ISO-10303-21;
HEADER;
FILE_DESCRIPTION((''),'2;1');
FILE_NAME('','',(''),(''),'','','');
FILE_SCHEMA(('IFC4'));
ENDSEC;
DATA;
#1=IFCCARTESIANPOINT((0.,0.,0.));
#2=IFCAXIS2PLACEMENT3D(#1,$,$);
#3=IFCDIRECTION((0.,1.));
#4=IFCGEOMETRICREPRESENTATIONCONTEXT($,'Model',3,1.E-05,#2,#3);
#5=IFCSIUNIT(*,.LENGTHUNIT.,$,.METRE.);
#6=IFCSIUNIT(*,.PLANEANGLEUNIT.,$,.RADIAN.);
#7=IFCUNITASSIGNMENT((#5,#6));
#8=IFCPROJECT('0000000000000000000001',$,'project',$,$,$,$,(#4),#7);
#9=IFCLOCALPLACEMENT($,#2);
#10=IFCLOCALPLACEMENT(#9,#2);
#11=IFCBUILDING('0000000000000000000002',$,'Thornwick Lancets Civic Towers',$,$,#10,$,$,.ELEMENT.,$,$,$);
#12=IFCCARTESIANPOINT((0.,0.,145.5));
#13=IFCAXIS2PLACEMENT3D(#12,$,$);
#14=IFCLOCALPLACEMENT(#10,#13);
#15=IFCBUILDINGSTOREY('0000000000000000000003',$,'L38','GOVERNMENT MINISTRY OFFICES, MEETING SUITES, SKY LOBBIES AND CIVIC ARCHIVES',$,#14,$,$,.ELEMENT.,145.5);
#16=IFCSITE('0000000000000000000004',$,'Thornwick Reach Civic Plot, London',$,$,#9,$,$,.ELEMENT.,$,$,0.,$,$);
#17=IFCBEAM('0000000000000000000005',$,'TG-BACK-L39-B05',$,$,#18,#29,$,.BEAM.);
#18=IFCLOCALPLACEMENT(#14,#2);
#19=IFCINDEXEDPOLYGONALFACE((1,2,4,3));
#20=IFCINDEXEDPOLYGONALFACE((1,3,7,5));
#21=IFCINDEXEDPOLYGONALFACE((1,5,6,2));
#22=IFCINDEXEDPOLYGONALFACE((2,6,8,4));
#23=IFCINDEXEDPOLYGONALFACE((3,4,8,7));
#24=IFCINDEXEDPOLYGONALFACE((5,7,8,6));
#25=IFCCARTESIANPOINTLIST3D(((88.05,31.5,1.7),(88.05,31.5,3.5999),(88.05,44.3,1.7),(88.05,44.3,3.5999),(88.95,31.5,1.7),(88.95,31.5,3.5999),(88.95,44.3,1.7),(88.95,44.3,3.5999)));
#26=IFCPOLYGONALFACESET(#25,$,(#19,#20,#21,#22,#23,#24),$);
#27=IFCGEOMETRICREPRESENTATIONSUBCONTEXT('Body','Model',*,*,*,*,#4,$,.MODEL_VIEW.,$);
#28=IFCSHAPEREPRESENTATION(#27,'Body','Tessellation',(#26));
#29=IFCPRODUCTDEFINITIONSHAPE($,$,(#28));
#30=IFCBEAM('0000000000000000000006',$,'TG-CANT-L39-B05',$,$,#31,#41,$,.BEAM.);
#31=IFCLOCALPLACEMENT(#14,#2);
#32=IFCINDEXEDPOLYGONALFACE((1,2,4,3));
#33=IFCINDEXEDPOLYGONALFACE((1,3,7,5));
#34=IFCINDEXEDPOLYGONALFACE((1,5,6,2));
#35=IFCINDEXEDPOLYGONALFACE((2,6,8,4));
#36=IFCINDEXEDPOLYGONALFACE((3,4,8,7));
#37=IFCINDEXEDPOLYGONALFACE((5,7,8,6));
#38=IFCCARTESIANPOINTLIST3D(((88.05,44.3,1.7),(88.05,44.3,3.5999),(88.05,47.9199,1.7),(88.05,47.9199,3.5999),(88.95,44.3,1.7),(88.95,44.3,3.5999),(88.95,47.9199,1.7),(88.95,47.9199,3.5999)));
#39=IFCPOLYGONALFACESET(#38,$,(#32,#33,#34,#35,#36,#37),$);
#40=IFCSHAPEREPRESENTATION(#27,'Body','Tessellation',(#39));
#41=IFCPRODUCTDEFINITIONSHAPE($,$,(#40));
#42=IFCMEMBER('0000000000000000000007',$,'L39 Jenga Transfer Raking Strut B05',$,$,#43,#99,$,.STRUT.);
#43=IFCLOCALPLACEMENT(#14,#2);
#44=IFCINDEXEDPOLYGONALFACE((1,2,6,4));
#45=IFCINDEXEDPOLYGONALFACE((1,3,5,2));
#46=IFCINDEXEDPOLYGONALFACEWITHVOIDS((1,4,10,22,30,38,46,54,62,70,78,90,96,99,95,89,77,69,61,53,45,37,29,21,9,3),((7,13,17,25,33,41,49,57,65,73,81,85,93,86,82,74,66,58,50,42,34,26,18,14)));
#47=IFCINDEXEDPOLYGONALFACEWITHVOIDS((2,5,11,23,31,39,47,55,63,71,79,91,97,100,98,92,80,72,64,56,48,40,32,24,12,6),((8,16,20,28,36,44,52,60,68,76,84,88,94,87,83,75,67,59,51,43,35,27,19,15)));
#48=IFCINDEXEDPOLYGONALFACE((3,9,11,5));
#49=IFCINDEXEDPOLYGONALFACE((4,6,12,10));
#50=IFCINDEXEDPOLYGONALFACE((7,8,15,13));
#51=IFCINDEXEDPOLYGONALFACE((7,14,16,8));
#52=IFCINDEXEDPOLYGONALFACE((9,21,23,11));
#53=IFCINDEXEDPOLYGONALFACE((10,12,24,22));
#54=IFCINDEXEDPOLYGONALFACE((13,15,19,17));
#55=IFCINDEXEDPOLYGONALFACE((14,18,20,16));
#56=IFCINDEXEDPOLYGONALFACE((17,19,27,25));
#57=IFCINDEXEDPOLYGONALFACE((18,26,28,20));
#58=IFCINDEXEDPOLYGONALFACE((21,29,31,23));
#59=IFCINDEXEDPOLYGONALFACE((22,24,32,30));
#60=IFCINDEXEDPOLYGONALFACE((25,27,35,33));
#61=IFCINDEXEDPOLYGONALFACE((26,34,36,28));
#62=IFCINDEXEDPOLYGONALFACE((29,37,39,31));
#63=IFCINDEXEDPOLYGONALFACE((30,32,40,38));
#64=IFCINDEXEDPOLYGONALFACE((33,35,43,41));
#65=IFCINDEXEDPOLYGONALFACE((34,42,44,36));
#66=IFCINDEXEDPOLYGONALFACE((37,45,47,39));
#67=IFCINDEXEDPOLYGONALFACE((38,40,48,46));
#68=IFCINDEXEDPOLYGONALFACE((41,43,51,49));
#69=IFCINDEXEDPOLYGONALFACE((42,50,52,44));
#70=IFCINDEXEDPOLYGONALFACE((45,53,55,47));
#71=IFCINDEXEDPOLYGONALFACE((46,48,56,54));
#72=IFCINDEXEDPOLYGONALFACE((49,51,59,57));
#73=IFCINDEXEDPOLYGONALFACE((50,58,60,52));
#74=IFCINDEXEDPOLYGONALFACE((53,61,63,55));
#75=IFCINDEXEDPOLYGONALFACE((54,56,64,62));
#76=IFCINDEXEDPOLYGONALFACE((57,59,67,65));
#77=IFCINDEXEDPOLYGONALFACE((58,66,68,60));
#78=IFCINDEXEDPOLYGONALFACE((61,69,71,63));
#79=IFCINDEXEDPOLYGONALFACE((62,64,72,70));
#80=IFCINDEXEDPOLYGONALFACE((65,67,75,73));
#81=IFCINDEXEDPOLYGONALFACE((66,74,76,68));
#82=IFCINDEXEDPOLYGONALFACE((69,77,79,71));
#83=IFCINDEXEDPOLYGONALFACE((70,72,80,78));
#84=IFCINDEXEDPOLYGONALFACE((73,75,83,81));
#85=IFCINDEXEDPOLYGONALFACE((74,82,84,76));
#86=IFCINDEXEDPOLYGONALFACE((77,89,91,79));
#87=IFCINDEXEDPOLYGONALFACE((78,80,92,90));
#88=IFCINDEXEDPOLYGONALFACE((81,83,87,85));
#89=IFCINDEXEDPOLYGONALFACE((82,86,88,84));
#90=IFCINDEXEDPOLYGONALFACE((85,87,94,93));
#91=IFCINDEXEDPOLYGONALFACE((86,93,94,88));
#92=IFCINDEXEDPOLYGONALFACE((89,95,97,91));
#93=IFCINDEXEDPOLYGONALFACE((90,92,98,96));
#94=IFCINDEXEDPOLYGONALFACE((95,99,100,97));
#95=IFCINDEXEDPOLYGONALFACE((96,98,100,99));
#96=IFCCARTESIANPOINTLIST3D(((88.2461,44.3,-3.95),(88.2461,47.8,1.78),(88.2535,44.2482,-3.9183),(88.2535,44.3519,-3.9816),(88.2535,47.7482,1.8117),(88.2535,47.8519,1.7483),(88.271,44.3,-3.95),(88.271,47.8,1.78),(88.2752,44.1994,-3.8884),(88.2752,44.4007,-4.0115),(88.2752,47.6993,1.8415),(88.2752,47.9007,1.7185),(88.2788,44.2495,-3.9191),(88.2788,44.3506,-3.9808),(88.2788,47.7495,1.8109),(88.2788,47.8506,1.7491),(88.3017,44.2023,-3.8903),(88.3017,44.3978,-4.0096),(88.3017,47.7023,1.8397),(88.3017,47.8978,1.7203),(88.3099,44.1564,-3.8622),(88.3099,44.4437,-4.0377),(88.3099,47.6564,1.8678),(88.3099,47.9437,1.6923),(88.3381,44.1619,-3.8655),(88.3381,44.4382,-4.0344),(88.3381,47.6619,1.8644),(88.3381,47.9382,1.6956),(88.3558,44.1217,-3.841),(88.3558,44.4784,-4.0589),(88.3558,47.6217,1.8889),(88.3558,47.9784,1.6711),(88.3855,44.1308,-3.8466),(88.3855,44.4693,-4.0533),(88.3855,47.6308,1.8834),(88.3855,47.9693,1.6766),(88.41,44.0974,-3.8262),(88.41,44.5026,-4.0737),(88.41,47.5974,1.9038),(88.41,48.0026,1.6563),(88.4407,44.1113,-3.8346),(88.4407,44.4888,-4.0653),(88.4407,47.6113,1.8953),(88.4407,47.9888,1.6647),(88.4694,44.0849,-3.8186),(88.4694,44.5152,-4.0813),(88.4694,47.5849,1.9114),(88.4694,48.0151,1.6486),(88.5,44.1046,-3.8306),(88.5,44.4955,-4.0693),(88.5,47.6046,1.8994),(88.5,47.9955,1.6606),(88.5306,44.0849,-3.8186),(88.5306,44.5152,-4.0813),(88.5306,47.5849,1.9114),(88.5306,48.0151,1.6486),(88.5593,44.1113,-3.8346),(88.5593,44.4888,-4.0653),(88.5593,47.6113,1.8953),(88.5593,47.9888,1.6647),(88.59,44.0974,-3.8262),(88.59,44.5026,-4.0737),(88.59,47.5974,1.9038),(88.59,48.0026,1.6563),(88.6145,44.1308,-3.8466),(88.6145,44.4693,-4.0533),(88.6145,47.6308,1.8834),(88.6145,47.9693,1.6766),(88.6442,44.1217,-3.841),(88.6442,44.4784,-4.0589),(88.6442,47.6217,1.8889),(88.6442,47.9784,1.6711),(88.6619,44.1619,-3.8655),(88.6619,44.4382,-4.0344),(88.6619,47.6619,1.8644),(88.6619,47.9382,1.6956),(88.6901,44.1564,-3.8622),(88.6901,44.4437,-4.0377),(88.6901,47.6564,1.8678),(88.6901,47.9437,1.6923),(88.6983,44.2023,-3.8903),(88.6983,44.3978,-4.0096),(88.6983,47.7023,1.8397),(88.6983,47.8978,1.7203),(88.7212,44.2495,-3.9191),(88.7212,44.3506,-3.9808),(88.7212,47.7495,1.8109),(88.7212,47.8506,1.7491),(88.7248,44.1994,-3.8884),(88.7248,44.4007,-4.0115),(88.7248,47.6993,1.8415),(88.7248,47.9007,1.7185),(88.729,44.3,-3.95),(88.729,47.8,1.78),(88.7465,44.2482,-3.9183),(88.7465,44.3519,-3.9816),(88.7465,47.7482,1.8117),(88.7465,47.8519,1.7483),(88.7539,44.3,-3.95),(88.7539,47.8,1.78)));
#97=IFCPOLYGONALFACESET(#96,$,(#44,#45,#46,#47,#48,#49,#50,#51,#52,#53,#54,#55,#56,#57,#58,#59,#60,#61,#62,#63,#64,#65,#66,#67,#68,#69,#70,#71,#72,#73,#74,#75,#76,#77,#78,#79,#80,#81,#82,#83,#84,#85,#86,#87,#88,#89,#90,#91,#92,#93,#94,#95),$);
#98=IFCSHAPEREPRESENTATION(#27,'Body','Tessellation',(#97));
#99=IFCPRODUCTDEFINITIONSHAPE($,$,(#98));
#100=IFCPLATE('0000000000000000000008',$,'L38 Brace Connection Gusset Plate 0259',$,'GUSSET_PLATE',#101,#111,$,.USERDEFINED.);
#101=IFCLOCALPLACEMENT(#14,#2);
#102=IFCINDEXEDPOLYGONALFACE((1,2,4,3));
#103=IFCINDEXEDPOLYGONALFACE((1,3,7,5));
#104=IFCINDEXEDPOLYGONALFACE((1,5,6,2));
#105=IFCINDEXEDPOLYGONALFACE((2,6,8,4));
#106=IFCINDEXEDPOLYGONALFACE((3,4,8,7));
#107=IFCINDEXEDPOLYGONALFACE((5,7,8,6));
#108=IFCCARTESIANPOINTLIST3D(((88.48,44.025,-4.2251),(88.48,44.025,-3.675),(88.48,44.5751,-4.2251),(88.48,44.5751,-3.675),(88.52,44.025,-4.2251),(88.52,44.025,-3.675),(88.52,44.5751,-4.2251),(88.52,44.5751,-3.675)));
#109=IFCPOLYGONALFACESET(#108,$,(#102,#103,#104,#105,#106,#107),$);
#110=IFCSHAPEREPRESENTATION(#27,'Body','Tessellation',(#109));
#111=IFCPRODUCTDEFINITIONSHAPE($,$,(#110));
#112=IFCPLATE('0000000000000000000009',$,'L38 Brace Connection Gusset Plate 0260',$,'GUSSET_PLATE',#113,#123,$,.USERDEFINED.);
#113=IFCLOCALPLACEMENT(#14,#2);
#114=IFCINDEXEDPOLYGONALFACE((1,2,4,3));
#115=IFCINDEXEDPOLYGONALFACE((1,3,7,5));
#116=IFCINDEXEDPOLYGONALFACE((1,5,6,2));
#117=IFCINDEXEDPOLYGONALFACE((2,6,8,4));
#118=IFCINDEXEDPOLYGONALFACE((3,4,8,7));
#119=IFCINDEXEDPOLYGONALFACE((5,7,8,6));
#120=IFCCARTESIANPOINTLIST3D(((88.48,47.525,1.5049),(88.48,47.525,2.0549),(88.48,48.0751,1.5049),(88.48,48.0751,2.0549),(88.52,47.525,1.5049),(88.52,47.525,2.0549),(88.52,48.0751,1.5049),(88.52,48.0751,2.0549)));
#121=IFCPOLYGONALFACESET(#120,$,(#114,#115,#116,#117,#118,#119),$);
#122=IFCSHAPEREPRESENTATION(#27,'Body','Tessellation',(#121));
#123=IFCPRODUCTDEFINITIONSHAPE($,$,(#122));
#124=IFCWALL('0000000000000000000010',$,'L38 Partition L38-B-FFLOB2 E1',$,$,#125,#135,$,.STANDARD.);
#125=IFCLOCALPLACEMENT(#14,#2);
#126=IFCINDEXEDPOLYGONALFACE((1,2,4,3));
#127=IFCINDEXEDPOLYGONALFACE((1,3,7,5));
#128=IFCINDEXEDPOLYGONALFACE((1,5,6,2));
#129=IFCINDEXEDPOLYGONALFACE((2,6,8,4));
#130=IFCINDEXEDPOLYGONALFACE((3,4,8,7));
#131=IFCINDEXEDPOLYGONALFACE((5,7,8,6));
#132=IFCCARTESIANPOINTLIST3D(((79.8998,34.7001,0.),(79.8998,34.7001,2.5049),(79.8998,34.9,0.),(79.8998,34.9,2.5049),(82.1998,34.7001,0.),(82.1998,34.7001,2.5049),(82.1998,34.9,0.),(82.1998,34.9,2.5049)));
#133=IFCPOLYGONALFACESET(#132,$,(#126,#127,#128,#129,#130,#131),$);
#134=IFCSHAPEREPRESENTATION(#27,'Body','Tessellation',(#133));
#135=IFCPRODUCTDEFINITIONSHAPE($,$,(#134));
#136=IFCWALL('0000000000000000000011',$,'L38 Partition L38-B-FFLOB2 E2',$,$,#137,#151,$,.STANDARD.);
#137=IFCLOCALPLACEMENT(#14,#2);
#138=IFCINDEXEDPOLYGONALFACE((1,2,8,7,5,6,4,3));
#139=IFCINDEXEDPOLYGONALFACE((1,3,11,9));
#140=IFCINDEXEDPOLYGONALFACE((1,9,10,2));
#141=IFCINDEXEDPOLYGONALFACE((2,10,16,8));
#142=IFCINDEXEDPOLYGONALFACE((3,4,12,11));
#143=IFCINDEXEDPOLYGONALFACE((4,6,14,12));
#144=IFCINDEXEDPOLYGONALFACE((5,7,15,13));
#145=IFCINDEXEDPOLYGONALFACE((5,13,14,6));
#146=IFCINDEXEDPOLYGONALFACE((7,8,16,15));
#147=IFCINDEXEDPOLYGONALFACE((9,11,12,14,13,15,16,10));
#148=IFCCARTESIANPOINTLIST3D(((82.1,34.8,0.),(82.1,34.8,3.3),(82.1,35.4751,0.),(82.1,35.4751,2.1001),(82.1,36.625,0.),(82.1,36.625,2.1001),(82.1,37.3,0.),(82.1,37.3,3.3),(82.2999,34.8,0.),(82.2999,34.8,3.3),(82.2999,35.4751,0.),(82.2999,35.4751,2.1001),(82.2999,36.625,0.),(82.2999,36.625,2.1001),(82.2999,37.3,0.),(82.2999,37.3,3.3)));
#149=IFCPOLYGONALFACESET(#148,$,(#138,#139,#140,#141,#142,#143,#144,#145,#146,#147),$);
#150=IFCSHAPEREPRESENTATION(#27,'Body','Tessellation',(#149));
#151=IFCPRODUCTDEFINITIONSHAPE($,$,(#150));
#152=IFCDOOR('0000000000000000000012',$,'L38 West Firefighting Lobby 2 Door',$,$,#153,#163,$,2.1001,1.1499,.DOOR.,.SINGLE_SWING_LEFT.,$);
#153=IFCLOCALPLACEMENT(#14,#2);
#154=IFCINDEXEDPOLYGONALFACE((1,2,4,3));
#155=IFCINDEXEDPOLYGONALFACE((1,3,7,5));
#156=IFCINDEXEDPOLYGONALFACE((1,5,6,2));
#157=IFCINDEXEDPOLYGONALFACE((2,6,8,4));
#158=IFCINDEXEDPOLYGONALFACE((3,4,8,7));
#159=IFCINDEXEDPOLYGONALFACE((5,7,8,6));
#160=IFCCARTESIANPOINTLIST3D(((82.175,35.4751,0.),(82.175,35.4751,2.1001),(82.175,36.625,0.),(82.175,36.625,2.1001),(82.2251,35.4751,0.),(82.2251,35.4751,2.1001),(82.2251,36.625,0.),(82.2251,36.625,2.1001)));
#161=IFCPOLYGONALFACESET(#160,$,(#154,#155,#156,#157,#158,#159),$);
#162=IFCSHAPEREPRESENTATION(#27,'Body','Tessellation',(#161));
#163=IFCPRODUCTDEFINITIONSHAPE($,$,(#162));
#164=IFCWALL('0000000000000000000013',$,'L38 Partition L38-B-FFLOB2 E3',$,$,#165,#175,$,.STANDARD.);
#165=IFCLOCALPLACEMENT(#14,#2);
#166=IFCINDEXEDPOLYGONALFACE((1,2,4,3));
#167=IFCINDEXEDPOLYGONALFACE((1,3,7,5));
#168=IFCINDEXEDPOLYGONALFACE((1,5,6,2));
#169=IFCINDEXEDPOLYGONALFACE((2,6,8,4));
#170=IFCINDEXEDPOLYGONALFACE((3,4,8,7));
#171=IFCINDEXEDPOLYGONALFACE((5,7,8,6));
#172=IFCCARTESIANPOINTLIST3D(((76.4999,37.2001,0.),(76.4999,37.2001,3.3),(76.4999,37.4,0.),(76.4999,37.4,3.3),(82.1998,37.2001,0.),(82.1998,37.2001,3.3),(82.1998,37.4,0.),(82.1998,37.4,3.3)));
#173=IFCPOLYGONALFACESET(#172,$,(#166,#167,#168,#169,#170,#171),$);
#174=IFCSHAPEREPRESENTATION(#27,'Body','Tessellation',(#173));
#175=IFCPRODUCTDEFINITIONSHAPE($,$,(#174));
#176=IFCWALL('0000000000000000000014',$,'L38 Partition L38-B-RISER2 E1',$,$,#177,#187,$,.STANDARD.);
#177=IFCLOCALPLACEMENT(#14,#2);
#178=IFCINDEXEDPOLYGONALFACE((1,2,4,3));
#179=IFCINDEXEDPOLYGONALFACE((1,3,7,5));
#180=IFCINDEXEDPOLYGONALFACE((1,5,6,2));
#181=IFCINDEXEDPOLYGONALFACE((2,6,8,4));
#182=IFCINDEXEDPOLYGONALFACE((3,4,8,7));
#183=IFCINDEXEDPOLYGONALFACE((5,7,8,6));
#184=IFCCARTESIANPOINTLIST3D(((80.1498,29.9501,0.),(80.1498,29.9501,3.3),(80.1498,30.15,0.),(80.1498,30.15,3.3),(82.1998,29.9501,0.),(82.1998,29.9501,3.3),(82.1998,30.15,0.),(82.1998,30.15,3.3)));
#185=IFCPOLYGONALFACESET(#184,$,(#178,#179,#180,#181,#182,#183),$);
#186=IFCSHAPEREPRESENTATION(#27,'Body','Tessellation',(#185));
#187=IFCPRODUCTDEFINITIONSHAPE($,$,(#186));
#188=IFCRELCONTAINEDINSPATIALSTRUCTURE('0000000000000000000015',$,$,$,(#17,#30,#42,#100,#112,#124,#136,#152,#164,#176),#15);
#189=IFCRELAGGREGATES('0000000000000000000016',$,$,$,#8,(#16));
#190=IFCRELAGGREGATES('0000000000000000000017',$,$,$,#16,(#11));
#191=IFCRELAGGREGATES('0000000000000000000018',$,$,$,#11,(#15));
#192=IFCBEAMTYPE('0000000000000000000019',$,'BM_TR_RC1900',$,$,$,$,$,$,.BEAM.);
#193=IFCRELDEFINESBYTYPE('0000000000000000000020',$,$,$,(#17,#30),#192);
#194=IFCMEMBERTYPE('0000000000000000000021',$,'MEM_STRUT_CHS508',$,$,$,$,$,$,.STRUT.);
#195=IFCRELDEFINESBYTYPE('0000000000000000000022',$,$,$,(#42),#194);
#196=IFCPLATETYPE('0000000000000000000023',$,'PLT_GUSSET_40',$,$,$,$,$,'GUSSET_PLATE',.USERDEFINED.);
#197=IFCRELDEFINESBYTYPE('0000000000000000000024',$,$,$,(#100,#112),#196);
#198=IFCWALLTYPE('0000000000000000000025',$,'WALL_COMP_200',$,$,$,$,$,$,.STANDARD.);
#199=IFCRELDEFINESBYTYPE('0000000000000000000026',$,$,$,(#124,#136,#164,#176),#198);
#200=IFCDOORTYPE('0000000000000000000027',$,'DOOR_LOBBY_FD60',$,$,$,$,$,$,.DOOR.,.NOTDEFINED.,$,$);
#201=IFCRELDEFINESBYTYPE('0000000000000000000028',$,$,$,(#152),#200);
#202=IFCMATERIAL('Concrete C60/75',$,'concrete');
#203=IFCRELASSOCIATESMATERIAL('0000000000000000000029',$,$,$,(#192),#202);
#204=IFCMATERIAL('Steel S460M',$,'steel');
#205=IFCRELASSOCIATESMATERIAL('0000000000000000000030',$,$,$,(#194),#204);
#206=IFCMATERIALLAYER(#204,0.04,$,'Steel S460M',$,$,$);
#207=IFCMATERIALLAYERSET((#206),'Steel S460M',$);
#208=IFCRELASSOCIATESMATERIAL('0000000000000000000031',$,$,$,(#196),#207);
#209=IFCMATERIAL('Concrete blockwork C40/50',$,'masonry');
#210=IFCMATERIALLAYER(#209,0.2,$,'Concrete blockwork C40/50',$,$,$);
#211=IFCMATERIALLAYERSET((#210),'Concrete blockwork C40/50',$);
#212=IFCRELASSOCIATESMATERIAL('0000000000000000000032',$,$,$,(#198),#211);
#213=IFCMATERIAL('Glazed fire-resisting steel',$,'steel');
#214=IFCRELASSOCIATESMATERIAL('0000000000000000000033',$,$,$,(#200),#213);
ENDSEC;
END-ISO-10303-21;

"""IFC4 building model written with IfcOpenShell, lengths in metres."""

from ifc_helpers import new_model, si_unit, direction, frame, frame_2d, origin, origin_2d, place, context, subcontext, project, spatial, rectangle, hollow_circle, extrude, material, layer, layer_set, material_profile, profile_set, type_object, element, fill, save


model = new_model("IFC4")

# Units and contexts
model_context = context("Model", 3, precision=1e-05, world=origin(), true_north=direction((0.0, 1.0)))
body_context = subcontext(model_context, "Body", "Model", "MODEL_VIEW")
ifc_project = project(units=[si_unit("LENGTHUNIT", "METRE"), si_unit("PLANEANGLEUNIT", "RADIAN")], contexts=[model_context])

# Site, building, storey
site_placement = place(None, origin())
site = spatial("IfcSite", under=ifc_project, at=site_placement, Name="Thornwick Reach Civic Plot, London", CompositionType="ELEMENT", RefElevation=0.0)
building_placement = place(site_placement, origin())
building = spatial("IfcBuilding", under=site, at=building_placement, Name="Thornwick Lancets Civic Towers", CompositionType="ELEMENT")
storey_placement = place(building_placement, frame((0.0, 0.0, 145.5)))
storey = spatial("IfcBuildingStorey", under=building, at=storey_placement, Name="L38", Description="GOVERNMENT MINISTRY OFFICES, MEETING SUITES, SKY LOBBIES AND CIVIC ARCHIVES", CompositionType="ELEMENT", Elevation=145.5)

# Beams
ifc_material_1 = material(Name="Concrete C60/75", Category="concrete")
ifc_material_profile_1 = material_profile(ifc_material_1, rectangle(XDim=0.8999, YDim=1.8999, at=origin_2d()), Name="RC 900x1900")
ifc_profile_set_1 = profile_set([ifc_material_profile_1], Name="Concrete C60/75")
beam_type_1 = type_object("IfcBeamType", Name="BM_TR_RC1900", PredefinedType="BEAM", material=ifc_profile_set_1)
beam_1_placement = place(storey_placement, frame((88.5, 31.5, 2.6499), z_axis=(0.0, 1.0, 0.0), x_axis=(-1.0, 0.0, 0.0)))
element("IfcBeam", 1, at=beam_1_placement, inside=storey, type_object=beam_type_1, Name="TG-BACK-L39-B05", PredefinedType="BEAM", context=body_context, shape_type="SweptSolid", body=[
    extrude(rectangle(XDim=0.8999, YDim=1.8999, at=origin_2d()), origin(), (0.0, 0.0, 1.0), 12.8),
])
beam_2_placement = place(storey_placement, frame((88.5, 44.3, 2.6499), z_axis=(0.0, 1.0, 0.0), x_axis=(-1.0, 0.0, 0.0)))
element("IfcBeam", 2, at=beam_2_placement, inside=storey, type_object=beam_type_1, Name="TG-CANT-L39-B05", PredefinedType="BEAM", context=body_context, shape_type="SweptSolid", body=[
    extrude(rectangle(XDim=0.8999, YDim=1.8999, at=origin_2d()), origin(), (0.0, 0.0, 1.0), 3.6199),
])

# Member
ifc_material_2 = material(Name="Steel S460M", Category="steel")
ifc_material_profile_2 = material_profile(ifc_material_2, hollow_circle(Radius=0.2539, WallThickness=0.0249, at=origin_2d()), Name="CHS 508x25")
ifc_profile_set_2 = profile_set([ifc_material_profile_2], Name="Steel S460M")
member_type = type_object("IfcMemberType", Name="MEM_STRUT_CHS508", PredefinedType="STRUT", material=ifc_profile_set_2)
member_placement = place(storey_placement, frame((88.5, 44.3, -3.95), z_axis=(0.0, 0.521271, 0.853391), x_axis=(-1.0, 0.0, 0.0)))
element("IfcMember", 3, at=member_placement, inside=storey, type_object=member_type, Name="L39 Jenga Transfer Raking Strut B05", PredefinedType="STRUT", context=body_context, shape_type="SweptSolid", body=[
    extrude(hollow_circle(Radius=0.2539, WallThickness=0.0249, at=origin_2d()), origin(), (0.0, 0.0, 1.0), 6.7144),
])

# Plates
ifc_layer_1 = layer(ifc_material_2, 0.04, Name="Steel S460M")
ifc_layer_set_1 = layer_set([ifc_layer_1], Name="Steel S460M")
plate_type = type_object("IfcPlateType", Name="PLT_GUSSET_40", ElementType="GUSSET_PLATE", PredefinedType="USERDEFINED", material=ifc_layer_set_1)
for number, where, z_axis, x_axis, name in (
    (4, (88.5, 44.3, -4.2251), (0.0, 0.0, 1.0), (0.0, 1.0, 0.0), "L38 Brace Connection Gusset Plate 0259"),
    (5, (88.5, 47.8, 1.5049), (0.0, 0.0, 1.0), (0.0, 1.0, 0.0), "L38 Brace Connection Gusset Plate 0260"),
):
    element("IfcPlate", number, at=place(storey_placement, frame(where, z_axis=z_axis, x_axis=x_axis)), inside=storey, type_object=plate_type, Name=name, ObjectType="GUSSET_PLATE", PredefinedType="USERDEFINED", context=body_context, shape_type="SweptSolid", body=[
        extrude(rectangle(XDim=0.55, YDim=0.04, at=origin_2d()), origin(), (0.0, 0.0, 1.0), 0.55),
    ])

# Wall
ifc_material_3 = material(Name="Concrete blockwork C40/50", Category="masonry")
ifc_layer_2 = layer(ifc_material_3, 0.2, Name="Concrete blockwork C40/50")
ifc_layer_set_2 = layer_set([ifc_layer_2], Name="Concrete blockwork C40/50")
wall_type_1 = type_object("IfcWallType", Name="WALL_COMP_200", PredefinedType="STANDARD", material=ifc_layer_set_2)
wall_1_placement = place(storey_placement, frame((79.8999, 34.8, 0.0), z_axis=(0.0, 0.0, 1.0), x_axis=(1.0, 0.0, 0.0)))
element("IfcWall", 6, at=wall_1_placement, inside=storey, type_object=wall_type_1, Name="L38 Partition L38-B-FFLOB2 E1", PredefinedType="STANDARD", context=body_context, shape_type="SweptSolid", body=[
    extrude(rectangle(XDim=2.3, YDim=0.2, at=frame_2d((1.1499, 0.0))), origin(), (0.0, 0.0, 1.0), 2.5049),
])

# Wall, opening, door
wall_2_placement = place(storey_placement, frame((82.2, 34.8, 0.0), z_axis=(0.0, 0.0, 1.0), x_axis=(0.0, 1.0, 0.0)))
wall_2 = element("IfcWall", 7, at=wall_2_placement, inside=storey, type_object=wall_type_1, Name="L38 Partition L38-B-FFLOB2 E2", PredefinedType="STANDARD", context=body_context, shape_type="SweptSolid", body=[
    extrude(rectangle(XDim=2.5, YDim=0.2, at=frame_2d((1.25, 0.0))), origin(), (0.0, 0.0, 1.0), 3.3),
])
opening_1_placement = place(wall_2_placement, frame((0.675, 0.0, 0.0)))
opening_1 = element("IfcOpeningElement", 8, at=opening_1_placement, cuts=wall_2, PredefinedType="OPENING", context=body_context, shape_type="SweptSolid", body=[
    extrude(rectangle(XDim=1.1499, YDim=2.1001, at=frame_2d((0.575, 1.05))), frame((0.0, 0.1099, 0.0), z_axis=(0.0, -1.0, 0.0), x_axis=(1.0, 0.0, 0.0)), (0.0, 0.0, 1.0), 0.22),
])
ifc_material_4 = material(Name="Glazed fire-resisting steel", Category="steel")
door_type_1 = type_object("IfcDoorType", Name="DOOR_LOBBY_FD60", OperationType="NOTDEFINED", PredefinedType="DOOR", material=ifc_material_4)
door_1_placement = place(opening_1_placement, origin())
door_1 = element("IfcDoor", 9, at=door_1_placement, inside=storey, type_object=door_type_1, Name="L38 West Firefighting Lobby 2 Door", OperationType="SINGLE_SWING_LEFT", OverallHeight=2.1001, OverallWidth=1.1499, PredefinedType="DOOR", context=body_context, shape_type="SweptSolid", body=[
    extrude(rectangle(XDim=1.1499, YDim=2.1001, at=frame_2d((0.575, 1.05))), frame((0.0, 0.0249, 0.0), z_axis=(0.0, -1.0, 0.0), x_axis=(1.0, 0.0, 0.0)), (0.0, 0.0, 1.0), 0.05),
])
fill(opening_1, door_1)

# Walls
wall_3_placement = place(storey_placement, frame((82.2, 37.3, 0.0), z_axis=(0.0, 0.0, 1.0), x_axis=(-1.0, 0.0, 0.0)))
element("IfcWall", 10, at=wall_3_placement, inside=storey, type_object=wall_type_1, Name="L38 Partition L38-B-FFLOB2 E3", PredefinedType="STANDARD", context=body_context, shape_type="SweptSolid", body=[
    extrude(rectangle(XDim=5.7, YDim=0.2, at=frame_2d((2.8501, 0.0))), origin(), (0.0, 0.0, 1.0), 3.3),
])
wall_4_placement = place(storey_placement, frame((80.1499, 30.05, 0.0), z_axis=(0.0, 0.0, 1.0), x_axis=(1.0, 0.0, 0.0)))
element("IfcWall", 11, at=wall_4_placement, inside=storey, type_object=wall_type_1, Name="L38 Partition L38-B-RISER2 E1", PredefinedType="STANDARD", context=body_context, shape_type="SweptSolid", body=[
    extrude(rectangle(XDim=2.05, YDim=0.2, at=frame_2d((1.0249, 0.0))), origin(), (0.0, 0.0, 1.0), 3.3),
])

save(model, "model.ifc")
